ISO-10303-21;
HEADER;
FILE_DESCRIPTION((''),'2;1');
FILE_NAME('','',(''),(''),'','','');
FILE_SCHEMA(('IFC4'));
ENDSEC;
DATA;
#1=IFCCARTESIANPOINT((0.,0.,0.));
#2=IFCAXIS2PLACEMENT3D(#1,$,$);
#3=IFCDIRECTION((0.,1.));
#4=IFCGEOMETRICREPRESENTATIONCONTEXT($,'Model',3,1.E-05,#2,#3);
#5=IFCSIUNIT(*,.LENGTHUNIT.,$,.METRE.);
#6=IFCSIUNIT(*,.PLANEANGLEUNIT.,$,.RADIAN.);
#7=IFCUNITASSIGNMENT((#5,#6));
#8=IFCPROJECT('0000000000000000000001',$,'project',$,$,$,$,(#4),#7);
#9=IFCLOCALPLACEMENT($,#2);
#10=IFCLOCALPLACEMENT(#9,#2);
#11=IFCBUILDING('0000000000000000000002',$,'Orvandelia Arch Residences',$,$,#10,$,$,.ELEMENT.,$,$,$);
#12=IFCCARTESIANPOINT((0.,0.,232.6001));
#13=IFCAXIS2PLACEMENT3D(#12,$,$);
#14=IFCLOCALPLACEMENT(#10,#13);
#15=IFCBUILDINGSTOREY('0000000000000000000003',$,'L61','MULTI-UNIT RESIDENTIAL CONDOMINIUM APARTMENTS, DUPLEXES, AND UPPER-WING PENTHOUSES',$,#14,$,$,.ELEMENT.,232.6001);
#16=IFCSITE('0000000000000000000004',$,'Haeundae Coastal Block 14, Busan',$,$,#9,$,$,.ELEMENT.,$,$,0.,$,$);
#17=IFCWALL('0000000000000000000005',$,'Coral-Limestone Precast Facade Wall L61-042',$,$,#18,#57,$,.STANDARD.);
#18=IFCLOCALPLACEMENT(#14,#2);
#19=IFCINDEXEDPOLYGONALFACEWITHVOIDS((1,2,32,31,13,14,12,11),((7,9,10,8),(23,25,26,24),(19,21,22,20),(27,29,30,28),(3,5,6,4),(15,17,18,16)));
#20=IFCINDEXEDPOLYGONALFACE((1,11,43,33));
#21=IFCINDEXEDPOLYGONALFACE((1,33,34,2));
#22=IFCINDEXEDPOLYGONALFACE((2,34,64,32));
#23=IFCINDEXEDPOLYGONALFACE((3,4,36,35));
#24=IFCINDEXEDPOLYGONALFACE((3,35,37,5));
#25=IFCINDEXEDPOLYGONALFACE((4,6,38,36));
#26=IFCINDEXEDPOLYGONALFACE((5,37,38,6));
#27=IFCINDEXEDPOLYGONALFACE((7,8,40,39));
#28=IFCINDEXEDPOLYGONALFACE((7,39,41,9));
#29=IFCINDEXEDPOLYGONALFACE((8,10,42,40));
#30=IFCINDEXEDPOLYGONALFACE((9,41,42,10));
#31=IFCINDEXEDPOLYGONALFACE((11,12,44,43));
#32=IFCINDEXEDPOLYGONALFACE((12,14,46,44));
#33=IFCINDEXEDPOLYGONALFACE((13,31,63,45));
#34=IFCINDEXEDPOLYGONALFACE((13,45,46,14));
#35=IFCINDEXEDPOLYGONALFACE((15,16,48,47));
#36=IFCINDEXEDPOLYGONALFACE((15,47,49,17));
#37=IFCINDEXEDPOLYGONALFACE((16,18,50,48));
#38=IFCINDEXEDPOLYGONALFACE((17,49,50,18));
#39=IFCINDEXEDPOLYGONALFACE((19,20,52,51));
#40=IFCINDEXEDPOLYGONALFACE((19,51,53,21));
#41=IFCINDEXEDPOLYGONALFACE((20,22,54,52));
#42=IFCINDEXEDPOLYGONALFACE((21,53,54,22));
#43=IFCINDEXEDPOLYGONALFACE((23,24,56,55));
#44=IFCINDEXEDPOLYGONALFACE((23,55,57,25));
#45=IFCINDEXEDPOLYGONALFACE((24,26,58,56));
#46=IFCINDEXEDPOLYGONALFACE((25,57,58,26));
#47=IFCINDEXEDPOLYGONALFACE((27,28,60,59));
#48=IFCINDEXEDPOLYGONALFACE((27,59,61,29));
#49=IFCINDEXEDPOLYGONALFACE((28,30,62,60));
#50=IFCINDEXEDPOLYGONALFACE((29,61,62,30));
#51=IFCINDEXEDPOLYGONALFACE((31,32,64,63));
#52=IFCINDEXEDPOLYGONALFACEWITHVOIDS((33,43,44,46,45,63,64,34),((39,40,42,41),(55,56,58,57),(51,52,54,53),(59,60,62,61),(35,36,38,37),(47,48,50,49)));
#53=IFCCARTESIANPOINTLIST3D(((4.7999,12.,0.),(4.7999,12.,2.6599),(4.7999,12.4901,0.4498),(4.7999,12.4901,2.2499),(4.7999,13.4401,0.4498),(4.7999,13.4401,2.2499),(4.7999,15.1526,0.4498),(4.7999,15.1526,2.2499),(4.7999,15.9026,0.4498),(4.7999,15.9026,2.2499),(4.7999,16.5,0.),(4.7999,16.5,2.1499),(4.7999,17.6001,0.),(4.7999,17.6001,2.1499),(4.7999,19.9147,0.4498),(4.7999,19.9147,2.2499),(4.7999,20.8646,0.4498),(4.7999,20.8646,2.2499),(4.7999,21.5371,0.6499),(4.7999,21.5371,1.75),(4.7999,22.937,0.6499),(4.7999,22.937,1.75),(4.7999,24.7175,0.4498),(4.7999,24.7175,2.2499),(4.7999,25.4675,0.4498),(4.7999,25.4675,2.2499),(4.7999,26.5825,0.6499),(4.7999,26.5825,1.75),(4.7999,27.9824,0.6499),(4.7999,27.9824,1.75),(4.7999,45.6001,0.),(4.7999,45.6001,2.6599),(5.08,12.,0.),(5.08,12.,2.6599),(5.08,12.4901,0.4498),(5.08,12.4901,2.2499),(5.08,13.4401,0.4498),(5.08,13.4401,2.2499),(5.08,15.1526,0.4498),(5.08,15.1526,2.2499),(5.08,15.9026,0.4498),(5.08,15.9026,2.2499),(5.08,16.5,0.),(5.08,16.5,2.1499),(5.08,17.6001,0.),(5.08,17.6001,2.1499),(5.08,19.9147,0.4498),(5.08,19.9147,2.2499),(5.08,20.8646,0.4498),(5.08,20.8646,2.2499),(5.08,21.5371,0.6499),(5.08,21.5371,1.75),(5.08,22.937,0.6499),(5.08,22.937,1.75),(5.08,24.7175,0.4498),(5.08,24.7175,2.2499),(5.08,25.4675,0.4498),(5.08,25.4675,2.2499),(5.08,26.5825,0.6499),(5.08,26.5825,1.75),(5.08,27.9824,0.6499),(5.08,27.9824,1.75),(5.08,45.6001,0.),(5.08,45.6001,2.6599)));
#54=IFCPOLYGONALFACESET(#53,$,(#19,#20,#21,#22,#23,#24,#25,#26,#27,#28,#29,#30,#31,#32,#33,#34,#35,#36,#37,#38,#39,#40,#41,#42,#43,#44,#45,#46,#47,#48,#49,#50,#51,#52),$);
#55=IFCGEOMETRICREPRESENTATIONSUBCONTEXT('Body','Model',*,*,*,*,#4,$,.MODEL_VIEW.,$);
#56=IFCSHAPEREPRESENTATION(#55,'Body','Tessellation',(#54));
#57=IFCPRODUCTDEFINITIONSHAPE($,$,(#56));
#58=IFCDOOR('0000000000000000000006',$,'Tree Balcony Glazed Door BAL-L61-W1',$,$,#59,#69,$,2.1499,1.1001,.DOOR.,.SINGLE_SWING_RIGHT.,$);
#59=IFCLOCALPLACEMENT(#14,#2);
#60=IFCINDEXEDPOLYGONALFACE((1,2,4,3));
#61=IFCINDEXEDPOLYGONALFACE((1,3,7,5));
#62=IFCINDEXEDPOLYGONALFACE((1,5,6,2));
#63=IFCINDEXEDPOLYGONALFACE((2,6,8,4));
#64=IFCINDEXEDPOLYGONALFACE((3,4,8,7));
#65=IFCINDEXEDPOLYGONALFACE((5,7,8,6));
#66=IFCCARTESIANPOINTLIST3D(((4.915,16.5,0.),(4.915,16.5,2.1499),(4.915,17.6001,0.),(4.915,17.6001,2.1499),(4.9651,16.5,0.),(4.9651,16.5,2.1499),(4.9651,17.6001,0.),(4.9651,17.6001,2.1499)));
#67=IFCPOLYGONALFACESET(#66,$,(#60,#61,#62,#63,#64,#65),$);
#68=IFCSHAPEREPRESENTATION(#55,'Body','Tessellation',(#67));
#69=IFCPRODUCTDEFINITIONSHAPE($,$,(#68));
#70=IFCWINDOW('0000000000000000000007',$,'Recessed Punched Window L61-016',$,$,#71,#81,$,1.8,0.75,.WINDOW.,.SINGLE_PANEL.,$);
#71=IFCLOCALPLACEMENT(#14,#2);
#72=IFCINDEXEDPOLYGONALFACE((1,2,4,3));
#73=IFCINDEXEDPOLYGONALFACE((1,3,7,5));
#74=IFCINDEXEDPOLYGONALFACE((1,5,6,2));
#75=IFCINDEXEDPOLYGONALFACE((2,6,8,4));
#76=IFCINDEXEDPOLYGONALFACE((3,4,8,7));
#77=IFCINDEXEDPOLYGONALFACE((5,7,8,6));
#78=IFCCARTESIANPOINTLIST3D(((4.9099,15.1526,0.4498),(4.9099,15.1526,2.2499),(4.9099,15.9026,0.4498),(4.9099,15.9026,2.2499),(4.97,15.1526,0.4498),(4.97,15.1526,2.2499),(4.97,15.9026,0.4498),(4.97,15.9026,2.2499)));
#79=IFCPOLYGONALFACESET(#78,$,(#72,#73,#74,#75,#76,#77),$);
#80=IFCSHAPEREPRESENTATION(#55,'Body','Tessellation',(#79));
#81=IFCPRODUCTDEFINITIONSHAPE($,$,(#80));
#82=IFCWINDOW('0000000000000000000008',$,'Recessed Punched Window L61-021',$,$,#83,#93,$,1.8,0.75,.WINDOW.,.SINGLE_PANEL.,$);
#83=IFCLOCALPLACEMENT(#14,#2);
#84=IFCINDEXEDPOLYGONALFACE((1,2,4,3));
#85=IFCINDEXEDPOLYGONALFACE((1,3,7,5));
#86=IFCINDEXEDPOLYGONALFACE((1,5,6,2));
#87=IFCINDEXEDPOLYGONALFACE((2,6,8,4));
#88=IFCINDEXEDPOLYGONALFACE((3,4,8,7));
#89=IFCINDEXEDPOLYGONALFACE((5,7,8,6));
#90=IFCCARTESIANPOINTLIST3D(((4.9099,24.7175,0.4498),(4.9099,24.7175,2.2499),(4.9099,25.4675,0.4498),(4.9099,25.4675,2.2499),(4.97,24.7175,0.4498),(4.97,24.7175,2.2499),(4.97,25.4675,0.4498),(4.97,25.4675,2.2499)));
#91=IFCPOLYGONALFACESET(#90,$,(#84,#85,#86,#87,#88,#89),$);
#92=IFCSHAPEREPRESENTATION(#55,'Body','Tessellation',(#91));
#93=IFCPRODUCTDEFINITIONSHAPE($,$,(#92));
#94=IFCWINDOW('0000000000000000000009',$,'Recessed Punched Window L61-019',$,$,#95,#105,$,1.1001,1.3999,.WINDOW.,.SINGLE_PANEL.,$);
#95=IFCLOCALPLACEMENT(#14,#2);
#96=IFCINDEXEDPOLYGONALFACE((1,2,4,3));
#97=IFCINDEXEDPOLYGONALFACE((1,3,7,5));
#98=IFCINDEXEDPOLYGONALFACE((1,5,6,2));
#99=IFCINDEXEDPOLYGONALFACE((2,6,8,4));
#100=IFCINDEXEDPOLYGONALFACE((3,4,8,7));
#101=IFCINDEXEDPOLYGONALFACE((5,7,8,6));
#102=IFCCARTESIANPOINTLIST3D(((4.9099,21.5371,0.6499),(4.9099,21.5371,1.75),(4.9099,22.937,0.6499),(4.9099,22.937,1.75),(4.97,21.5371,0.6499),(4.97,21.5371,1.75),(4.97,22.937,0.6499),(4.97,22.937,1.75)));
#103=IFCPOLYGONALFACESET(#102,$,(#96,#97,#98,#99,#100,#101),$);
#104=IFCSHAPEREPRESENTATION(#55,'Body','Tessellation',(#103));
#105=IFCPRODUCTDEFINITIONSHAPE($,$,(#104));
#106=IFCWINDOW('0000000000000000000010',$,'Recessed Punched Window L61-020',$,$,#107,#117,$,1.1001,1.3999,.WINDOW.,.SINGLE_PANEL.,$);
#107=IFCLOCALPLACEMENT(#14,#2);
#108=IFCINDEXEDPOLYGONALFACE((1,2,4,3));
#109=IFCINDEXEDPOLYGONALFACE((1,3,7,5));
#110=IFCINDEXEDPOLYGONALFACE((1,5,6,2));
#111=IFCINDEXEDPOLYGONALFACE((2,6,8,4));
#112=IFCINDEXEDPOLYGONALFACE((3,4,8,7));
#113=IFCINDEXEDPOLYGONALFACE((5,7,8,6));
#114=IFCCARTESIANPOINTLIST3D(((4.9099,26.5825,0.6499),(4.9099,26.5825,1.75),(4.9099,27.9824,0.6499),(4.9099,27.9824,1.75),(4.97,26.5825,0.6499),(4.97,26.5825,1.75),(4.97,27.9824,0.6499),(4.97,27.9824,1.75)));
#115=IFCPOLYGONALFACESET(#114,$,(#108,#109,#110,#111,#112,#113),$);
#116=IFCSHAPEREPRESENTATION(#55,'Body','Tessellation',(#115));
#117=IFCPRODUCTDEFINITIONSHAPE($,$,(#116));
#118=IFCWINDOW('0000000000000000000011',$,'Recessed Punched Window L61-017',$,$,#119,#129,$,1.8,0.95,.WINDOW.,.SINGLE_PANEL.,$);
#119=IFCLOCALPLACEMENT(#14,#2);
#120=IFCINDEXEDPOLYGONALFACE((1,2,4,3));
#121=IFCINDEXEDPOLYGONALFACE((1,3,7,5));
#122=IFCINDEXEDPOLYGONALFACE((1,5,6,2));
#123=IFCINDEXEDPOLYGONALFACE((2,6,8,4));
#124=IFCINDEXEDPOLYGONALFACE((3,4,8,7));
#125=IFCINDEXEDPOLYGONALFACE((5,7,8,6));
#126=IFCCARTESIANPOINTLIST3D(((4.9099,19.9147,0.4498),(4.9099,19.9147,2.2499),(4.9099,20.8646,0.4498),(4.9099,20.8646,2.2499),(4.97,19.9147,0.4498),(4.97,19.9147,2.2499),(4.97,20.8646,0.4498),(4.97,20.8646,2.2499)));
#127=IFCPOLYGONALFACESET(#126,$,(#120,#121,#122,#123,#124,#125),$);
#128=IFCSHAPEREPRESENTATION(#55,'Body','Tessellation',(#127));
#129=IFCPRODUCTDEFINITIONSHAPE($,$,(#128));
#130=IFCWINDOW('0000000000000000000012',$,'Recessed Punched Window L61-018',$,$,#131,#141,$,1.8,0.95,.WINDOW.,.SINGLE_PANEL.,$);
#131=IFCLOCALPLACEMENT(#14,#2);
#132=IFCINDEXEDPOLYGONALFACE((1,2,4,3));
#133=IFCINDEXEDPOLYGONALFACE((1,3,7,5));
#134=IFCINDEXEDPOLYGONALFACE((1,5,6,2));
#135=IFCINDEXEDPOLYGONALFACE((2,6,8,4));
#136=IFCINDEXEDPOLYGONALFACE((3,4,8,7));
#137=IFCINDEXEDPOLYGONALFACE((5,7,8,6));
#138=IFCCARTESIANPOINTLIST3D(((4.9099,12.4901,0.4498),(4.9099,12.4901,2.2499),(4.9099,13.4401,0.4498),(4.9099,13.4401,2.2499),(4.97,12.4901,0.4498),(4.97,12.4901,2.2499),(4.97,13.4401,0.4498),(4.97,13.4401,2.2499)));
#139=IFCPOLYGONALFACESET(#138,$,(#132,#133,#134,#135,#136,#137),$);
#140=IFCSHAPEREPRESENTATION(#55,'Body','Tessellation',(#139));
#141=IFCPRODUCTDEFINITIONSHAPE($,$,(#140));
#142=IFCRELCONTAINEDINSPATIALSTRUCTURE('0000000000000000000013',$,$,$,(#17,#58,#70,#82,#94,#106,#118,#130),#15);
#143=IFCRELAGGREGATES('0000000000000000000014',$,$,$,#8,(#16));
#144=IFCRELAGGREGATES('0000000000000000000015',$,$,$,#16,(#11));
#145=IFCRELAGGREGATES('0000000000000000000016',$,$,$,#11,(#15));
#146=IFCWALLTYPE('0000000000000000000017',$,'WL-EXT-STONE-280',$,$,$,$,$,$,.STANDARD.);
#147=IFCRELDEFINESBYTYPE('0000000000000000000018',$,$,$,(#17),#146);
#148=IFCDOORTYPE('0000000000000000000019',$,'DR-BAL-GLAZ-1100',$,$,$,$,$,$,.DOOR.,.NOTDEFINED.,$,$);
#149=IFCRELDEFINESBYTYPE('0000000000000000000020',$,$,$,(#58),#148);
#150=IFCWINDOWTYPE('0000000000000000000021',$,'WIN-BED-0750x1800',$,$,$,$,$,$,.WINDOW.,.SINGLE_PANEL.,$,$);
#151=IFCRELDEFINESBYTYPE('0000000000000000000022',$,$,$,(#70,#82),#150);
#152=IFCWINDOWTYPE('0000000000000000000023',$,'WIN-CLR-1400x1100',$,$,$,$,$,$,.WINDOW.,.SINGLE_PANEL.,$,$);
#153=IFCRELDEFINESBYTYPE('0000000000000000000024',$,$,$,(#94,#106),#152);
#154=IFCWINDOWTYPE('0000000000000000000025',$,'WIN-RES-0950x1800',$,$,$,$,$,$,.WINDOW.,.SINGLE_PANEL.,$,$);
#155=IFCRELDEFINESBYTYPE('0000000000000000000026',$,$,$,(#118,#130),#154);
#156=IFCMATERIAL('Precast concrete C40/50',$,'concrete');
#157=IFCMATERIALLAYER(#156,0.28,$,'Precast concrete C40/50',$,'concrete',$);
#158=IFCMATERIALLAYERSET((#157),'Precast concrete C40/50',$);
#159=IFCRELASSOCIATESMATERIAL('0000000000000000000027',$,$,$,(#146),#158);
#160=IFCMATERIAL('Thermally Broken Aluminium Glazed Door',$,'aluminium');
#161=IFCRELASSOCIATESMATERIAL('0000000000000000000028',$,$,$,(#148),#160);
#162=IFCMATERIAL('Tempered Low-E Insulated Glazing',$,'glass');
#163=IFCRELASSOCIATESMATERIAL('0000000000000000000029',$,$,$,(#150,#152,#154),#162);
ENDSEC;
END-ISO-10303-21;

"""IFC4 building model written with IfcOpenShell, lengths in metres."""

from ifc_helpers import new_model, si_unit, direction, frame, frame_2d, origin, place, context, subcontext, project, spatial, rectangle, extrude, material, layer, layer_set, type_object, element, fill, save


model = new_model("IFC4")

# Units and contexts
model_context = context("Model", 3, precision=1e-05, world=origin(), true_north=direction((0.0, 1.0)))
body_context = subcontext(model_context, "Body", "Model", "MODEL_VIEW")
ifc_project = project(units=[si_unit("LENGTHUNIT", "METRE"), si_unit("PLANEANGLEUNIT", "RADIAN")], contexts=[model_context])

# Site, building, storey
site_placement = place(None, origin())
site = spatial("IfcSite", under=ifc_project, at=site_placement, Name="Haeundae Coastal Block 14, Busan", CompositionType="ELEMENT", RefElevation=0.0)
building_placement = place(site_placement, origin())
building = spatial("IfcBuilding", under=site, at=building_placement, Name="Orvandelia Arch Residences", CompositionType="ELEMENT")
storey_placement = place(building_placement, frame((0.0, 0.0, 232.6001)))
storey = spatial("IfcBuildingStorey", under=building, at=storey_placement, Name="L61", Description="MULTI-UNIT RESIDENTIAL CONDOMINIUM APARTMENTS, DUPLEXES, AND UPPER-WING PENTHOUSES", CompositionType="ELEMENT", Elevation=232.6001)

# Shared definitions
ifc_material_1 = material(Name="Precast concrete C40/50", Category="concrete")

# Shared definitions
ifc_layer_1 = layer(ifc_material_1, 0.28, Name="Precast concrete C40/50", Category="concrete")
ifc_layer_set_1 = layer_set([ifc_layer_1], Name="Precast concrete C40/50")
wall_type_1 = type_object("IfcWallType", Name="WL-EXT-STONE-280", PredefinedType="STANDARD", material=ifc_layer_set_1)

# Wall, openings, door, windows
wall_1_placement = place(storey_placement, frame((4.9399, 12.0, 0.0), z_axis=(0.0, 0.0, 1.0), x_axis=(0.0, 1.0, 0.0)))
wall_1 = element("IfcWall", 1, at=wall_1_placement, inside=storey, type_object=wall_type_1, Name="Coral-Limestone Precast Facade Wall L61-042", PredefinedType="STANDARD", context=body_context, shape_type="SweptSolid", body=[
    extrude(rectangle(XDim=33.6001, YDim=0.28, at=frame_2d((16.8, 0.0))), origin(), (0.0, 0.0, 1.0), 2.6599),
])
opening_1_placement = place(wall_1_placement, frame((4.5, 0.0, 0.0)))
opening_1 = element("IfcOpeningElement", 2, at=opening_1_placement, cuts=wall_1, PredefinedType="OPENING", context=body_context, shape_type="SweptSolid", body=[
    extrude(rectangle(XDim=1.1001, YDim=2.1499, at=frame_2d((0.55, 1.075))), frame((0.0, 0.1499, 0.0), z_axis=(0.0, -1.0, 0.0), x_axis=(1.0, 0.0, 0.0)), (0.0, 0.0, 1.0), 0.3),
])
opening_2_placement = place(wall_1_placement, frame((3.1526, 0.0, 0.45)))
opening_2 = element("IfcOpeningElement", 3, at=opening_2_placement, cuts=wall_1, PredefinedType="OPENING", context=body_context, shape_type="SweptSolid", body=[
    extrude(rectangle(XDim=0.75, YDim=1.8, at=frame_2d((0.375, 0.8999))), frame((0.0, 0.1499, 0.0), z_axis=(0.0, -1.0, 0.0), x_axis=(1.0, 0.0, 0.0)), (0.0, 0.0, 1.0), 0.3),
])
opening_3_placement = place(wall_1_placement, frame((7.9146, 0.0, 0.45)))
opening_3 = element("IfcOpeningElement", 4, at=opening_3_placement, cuts=wall_1, PredefinedType="OPENING", context=body_context, shape_type="SweptSolid", body=[
    extrude(rectangle(XDim=0.95, YDim=1.8, at=frame_2d((0.4751, 0.8999))), frame((0.0, 0.1499, 0.0), z_axis=(0.0, -1.0, 0.0), x_axis=(1.0, 0.0, 0.0)), (0.0, 0.0, 1.0), 0.3),
])
opening_4_placement = place(wall_1_placement, frame((0.49, 0.0, 0.45)))
opening_4 = element("IfcOpeningElement", 5, at=opening_4_placement, cuts=wall_1, PredefinedType="OPENING", context=body_context, shape_type="SweptSolid", body=[
    extrude(rectangle(XDim=0.95, YDim=1.8, at=frame_2d((0.4751, 0.8999))), frame((0.0, 0.1499, 0.0), z_axis=(0.0, -1.0, 0.0), x_axis=(1.0, 0.0, 0.0)), (0.0, 0.0, 1.0), 0.3),
])
opening_5_placement = place(wall_1_placement, frame((9.5371, 0.0, 0.6499)))
opening_5 = element("IfcOpeningElement", 6, at=opening_5_placement, cuts=wall_1, PredefinedType="OPENING", context=body_context, shape_type="SweptSolid", body=[
    extrude(rectangle(XDim=1.3999, YDim=1.1001, at=frame_2d((0.7, 0.55))), frame((0.0, 0.1499, 0.0), z_axis=(0.0, -1.0, 0.0), x_axis=(1.0, 0.0, 0.0)), (0.0, 0.0, 1.0), 0.3),
])
opening_6_placement = place(wall_1_placement, frame((14.5825, 0.0, 0.6499)))
opening_6 = element("IfcOpeningElement", 7, at=opening_6_placement, cuts=wall_1, PredefinedType="OPENING", context=body_context, shape_type="SweptSolid", body=[
    extrude(rectangle(XDim=1.3999, YDim=1.1001, at=frame_2d((0.7, 0.55))), frame((0.0, 0.1499, 0.0), z_axis=(0.0, -1.0, 0.0), x_axis=(1.0, 0.0, 0.0)), (0.0, 0.0, 1.0), 0.3),
])
opening_7_placement = place(wall_1_placement, frame((12.7175, 0.0, 0.45)))
opening_7 = element("IfcOpeningElement", 8, at=opening_7_placement, cuts=wall_1, PredefinedType="OPENING", context=body_context, shape_type="SweptSolid", body=[
    extrude(rectangle(XDim=0.75, YDim=1.8, at=frame_2d((0.375, 0.8999))), frame((0.0, 0.1499, 0.0), z_axis=(0.0, -1.0, 0.0), x_axis=(1.0, 0.0, 0.0)), (0.0, 0.0, 1.0), 0.3),
])
ifc_material_2 = material(Name="Thermally Broken Aluminium Glazed Door", Category="aluminium")
door_type_1 = type_object("IfcDoorType", Name="DR-BAL-GLAZ-1100", OperationType="NOTDEFINED", PredefinedType="DOOR", material=ifc_material_2)
door_1_placement = place(opening_1_placement, origin())
door_1 = element("IfcDoor", 9, at=door_1_placement, inside=storey, type_object=door_type_1, Name="Tree Balcony Glazed Door BAL-L61-W1", OperationType="SINGLE_SWING_RIGHT", OverallHeight=2.1499, OverallWidth=1.1001, PredefinedType="DOOR", context=body_context, shape_type="SweptSolid", body=[
    extrude(rectangle(XDim=1.1001, YDim=2.1499, at=frame_2d((0.55, 1.075))), frame((0.0, 0.0249, 0.0), z_axis=(0.0, -1.0, 0.0), x_axis=(1.0, 0.0, 0.0)), (0.0, 0.0, 1.0), 0.05),
])
fill(opening_1, door_1)
ifc_material_3 = material(Name="Tempered Low-E Insulated Glazing", Category="glass")
window_type_1 = type_object("IfcWindowType", Name="WIN-BED-0750x1800", PartitioningType="SINGLE_PANEL", PredefinedType="WINDOW", material=ifc_material_3)
window_1_placement = place(opening_2_placement, origin())
window_1 = element("IfcWindow", 10, at=window_1_placement, inside=storey, type_object=window_type_1, Name="Recessed Punched Window L61-016", OverallHeight=1.8, OverallWidth=0.75, PartitioningType="SINGLE_PANEL", PredefinedType="WINDOW", context=body_context, shape_type="SweptSolid", body=[
    extrude(rectangle(XDim=0.75, YDim=1.8, at=frame_2d((0.375, 0.8999))), frame((0.0, 0.03, 0.0), z_axis=(0.0, -1.0, 0.0), x_axis=(1.0, 0.0, 0.0)), (0.0, 0.0, 1.0), 0.0601),
])
fill(opening_2, window_1)
window_2_placement = place(opening_7_placement, origin())
window_2 = element("IfcWindow", 11, at=window_2_placement, inside=storey, type_object=window_type_1, Name="Recessed Punched Window L61-021", OverallHeight=1.8, OverallWidth=0.75, PartitioningType="SINGLE_PANEL", PredefinedType="WINDOW", context=body_context, shape_type="SweptSolid", body=[
    extrude(rectangle(XDim=0.75, YDim=1.8, at=frame_2d((0.375, 0.8999))), frame((0.0, 0.03, 0.0), z_axis=(0.0, -1.0, 0.0), x_axis=(1.0, 0.0, 0.0)), (0.0, 0.0, 1.0), 0.0601),
])
fill(opening_7, window_2)
window_type_2 = type_object("IfcWindowType", Name="WIN-CLR-1400x1100", PartitioningType="SINGLE_PANEL", PredefinedType="WINDOW", material=ifc_material_3)
window_3_placement = place(opening_5_placement, origin())
window_3 = element("IfcWindow", 12, at=window_3_placement, inside=storey, type_object=window_type_2, Name="Recessed Punched Window L61-019", OverallHeight=1.1001, OverallWidth=1.3999, PartitioningType="SINGLE_PANEL", PredefinedType="WINDOW", context=body_context, shape_type="SweptSolid", body=[
    extrude(rectangle(XDim=1.3999, YDim=1.1001, at=frame_2d((0.7, 0.55))), frame((0.0, 0.03, 0.0), z_axis=(0.0, -1.0, 0.0), x_axis=(1.0, 0.0, 0.0)), (0.0, 0.0, 1.0), 0.0601),
])
fill(opening_5, window_3)
window_4_placement = place(opening_6_placement, origin())
window_4 = element("IfcWindow", 13, at=window_4_placement, inside=storey, type_object=window_type_2, Name="Recessed Punched Window L61-020", OverallHeight=1.1001, OverallWidth=1.3999, PartitioningType="SINGLE_PANEL", PredefinedType="WINDOW", context=body_context, shape_type="SweptSolid", body=[
    extrude(rectangle(XDim=1.3999, YDim=1.1001, at=frame_2d((0.7, 0.55))), frame((0.0, 0.03, 0.0), z_axis=(0.0, -1.0, 0.0), x_axis=(1.0, 0.0, 0.0)), (0.0, 0.0, 1.0), 0.0601),
])
fill(opening_6, window_4)
window_type_3 = type_object("IfcWindowType", Name="WIN-RES-0950x1800", PartitioningType="SINGLE_PANEL", PredefinedType="WINDOW", material=ifc_material_3)
window_5_placement = place(opening_3_placement, origin())
window_5 = element("IfcWindow", 14, at=window_5_placement, inside=storey, type_object=window_type_3, Name="Recessed Punched Window L61-017", OverallHeight=1.8, OverallWidth=0.95, PartitioningType="SINGLE_PANEL", PredefinedType="WINDOW", context=body_context, shape_type="SweptSolid", body=[
    extrude(rectangle(XDim=0.95, YDim=1.8, at=frame_2d((0.4751, 0.8999))), frame((0.0, 0.03, 0.0), z_axis=(0.0, -1.0, 0.0), x_axis=(1.0, 0.0, 0.0)), (0.0, 0.0, 1.0), 0.0601),
])
fill(opening_3, window_5)
window_6_placement = place(opening_4_placement, origin())
window_6 = element("IfcWindow", 15, at=window_6_placement, inside=storey, type_object=window_type_3, Name="Recessed Punched Window L61-018", OverallHeight=1.8, OverallWidth=0.95, PartitioningType="SINGLE_PANEL", PredefinedType="WINDOW", context=body_context, shape_type="SweptSolid", body=[
    extrude(rectangle(XDim=0.95, YDim=1.8, at=frame_2d((0.4751, 0.8999))), frame((0.0, 0.03, 0.0), z_axis=(0.0, -1.0, 0.0), x_axis=(1.0, 0.0, 0.0)), (0.0, 0.0, 1.0), 0.0601),
])
fill(opening_4, window_6)

save(model, "model.ifc")
